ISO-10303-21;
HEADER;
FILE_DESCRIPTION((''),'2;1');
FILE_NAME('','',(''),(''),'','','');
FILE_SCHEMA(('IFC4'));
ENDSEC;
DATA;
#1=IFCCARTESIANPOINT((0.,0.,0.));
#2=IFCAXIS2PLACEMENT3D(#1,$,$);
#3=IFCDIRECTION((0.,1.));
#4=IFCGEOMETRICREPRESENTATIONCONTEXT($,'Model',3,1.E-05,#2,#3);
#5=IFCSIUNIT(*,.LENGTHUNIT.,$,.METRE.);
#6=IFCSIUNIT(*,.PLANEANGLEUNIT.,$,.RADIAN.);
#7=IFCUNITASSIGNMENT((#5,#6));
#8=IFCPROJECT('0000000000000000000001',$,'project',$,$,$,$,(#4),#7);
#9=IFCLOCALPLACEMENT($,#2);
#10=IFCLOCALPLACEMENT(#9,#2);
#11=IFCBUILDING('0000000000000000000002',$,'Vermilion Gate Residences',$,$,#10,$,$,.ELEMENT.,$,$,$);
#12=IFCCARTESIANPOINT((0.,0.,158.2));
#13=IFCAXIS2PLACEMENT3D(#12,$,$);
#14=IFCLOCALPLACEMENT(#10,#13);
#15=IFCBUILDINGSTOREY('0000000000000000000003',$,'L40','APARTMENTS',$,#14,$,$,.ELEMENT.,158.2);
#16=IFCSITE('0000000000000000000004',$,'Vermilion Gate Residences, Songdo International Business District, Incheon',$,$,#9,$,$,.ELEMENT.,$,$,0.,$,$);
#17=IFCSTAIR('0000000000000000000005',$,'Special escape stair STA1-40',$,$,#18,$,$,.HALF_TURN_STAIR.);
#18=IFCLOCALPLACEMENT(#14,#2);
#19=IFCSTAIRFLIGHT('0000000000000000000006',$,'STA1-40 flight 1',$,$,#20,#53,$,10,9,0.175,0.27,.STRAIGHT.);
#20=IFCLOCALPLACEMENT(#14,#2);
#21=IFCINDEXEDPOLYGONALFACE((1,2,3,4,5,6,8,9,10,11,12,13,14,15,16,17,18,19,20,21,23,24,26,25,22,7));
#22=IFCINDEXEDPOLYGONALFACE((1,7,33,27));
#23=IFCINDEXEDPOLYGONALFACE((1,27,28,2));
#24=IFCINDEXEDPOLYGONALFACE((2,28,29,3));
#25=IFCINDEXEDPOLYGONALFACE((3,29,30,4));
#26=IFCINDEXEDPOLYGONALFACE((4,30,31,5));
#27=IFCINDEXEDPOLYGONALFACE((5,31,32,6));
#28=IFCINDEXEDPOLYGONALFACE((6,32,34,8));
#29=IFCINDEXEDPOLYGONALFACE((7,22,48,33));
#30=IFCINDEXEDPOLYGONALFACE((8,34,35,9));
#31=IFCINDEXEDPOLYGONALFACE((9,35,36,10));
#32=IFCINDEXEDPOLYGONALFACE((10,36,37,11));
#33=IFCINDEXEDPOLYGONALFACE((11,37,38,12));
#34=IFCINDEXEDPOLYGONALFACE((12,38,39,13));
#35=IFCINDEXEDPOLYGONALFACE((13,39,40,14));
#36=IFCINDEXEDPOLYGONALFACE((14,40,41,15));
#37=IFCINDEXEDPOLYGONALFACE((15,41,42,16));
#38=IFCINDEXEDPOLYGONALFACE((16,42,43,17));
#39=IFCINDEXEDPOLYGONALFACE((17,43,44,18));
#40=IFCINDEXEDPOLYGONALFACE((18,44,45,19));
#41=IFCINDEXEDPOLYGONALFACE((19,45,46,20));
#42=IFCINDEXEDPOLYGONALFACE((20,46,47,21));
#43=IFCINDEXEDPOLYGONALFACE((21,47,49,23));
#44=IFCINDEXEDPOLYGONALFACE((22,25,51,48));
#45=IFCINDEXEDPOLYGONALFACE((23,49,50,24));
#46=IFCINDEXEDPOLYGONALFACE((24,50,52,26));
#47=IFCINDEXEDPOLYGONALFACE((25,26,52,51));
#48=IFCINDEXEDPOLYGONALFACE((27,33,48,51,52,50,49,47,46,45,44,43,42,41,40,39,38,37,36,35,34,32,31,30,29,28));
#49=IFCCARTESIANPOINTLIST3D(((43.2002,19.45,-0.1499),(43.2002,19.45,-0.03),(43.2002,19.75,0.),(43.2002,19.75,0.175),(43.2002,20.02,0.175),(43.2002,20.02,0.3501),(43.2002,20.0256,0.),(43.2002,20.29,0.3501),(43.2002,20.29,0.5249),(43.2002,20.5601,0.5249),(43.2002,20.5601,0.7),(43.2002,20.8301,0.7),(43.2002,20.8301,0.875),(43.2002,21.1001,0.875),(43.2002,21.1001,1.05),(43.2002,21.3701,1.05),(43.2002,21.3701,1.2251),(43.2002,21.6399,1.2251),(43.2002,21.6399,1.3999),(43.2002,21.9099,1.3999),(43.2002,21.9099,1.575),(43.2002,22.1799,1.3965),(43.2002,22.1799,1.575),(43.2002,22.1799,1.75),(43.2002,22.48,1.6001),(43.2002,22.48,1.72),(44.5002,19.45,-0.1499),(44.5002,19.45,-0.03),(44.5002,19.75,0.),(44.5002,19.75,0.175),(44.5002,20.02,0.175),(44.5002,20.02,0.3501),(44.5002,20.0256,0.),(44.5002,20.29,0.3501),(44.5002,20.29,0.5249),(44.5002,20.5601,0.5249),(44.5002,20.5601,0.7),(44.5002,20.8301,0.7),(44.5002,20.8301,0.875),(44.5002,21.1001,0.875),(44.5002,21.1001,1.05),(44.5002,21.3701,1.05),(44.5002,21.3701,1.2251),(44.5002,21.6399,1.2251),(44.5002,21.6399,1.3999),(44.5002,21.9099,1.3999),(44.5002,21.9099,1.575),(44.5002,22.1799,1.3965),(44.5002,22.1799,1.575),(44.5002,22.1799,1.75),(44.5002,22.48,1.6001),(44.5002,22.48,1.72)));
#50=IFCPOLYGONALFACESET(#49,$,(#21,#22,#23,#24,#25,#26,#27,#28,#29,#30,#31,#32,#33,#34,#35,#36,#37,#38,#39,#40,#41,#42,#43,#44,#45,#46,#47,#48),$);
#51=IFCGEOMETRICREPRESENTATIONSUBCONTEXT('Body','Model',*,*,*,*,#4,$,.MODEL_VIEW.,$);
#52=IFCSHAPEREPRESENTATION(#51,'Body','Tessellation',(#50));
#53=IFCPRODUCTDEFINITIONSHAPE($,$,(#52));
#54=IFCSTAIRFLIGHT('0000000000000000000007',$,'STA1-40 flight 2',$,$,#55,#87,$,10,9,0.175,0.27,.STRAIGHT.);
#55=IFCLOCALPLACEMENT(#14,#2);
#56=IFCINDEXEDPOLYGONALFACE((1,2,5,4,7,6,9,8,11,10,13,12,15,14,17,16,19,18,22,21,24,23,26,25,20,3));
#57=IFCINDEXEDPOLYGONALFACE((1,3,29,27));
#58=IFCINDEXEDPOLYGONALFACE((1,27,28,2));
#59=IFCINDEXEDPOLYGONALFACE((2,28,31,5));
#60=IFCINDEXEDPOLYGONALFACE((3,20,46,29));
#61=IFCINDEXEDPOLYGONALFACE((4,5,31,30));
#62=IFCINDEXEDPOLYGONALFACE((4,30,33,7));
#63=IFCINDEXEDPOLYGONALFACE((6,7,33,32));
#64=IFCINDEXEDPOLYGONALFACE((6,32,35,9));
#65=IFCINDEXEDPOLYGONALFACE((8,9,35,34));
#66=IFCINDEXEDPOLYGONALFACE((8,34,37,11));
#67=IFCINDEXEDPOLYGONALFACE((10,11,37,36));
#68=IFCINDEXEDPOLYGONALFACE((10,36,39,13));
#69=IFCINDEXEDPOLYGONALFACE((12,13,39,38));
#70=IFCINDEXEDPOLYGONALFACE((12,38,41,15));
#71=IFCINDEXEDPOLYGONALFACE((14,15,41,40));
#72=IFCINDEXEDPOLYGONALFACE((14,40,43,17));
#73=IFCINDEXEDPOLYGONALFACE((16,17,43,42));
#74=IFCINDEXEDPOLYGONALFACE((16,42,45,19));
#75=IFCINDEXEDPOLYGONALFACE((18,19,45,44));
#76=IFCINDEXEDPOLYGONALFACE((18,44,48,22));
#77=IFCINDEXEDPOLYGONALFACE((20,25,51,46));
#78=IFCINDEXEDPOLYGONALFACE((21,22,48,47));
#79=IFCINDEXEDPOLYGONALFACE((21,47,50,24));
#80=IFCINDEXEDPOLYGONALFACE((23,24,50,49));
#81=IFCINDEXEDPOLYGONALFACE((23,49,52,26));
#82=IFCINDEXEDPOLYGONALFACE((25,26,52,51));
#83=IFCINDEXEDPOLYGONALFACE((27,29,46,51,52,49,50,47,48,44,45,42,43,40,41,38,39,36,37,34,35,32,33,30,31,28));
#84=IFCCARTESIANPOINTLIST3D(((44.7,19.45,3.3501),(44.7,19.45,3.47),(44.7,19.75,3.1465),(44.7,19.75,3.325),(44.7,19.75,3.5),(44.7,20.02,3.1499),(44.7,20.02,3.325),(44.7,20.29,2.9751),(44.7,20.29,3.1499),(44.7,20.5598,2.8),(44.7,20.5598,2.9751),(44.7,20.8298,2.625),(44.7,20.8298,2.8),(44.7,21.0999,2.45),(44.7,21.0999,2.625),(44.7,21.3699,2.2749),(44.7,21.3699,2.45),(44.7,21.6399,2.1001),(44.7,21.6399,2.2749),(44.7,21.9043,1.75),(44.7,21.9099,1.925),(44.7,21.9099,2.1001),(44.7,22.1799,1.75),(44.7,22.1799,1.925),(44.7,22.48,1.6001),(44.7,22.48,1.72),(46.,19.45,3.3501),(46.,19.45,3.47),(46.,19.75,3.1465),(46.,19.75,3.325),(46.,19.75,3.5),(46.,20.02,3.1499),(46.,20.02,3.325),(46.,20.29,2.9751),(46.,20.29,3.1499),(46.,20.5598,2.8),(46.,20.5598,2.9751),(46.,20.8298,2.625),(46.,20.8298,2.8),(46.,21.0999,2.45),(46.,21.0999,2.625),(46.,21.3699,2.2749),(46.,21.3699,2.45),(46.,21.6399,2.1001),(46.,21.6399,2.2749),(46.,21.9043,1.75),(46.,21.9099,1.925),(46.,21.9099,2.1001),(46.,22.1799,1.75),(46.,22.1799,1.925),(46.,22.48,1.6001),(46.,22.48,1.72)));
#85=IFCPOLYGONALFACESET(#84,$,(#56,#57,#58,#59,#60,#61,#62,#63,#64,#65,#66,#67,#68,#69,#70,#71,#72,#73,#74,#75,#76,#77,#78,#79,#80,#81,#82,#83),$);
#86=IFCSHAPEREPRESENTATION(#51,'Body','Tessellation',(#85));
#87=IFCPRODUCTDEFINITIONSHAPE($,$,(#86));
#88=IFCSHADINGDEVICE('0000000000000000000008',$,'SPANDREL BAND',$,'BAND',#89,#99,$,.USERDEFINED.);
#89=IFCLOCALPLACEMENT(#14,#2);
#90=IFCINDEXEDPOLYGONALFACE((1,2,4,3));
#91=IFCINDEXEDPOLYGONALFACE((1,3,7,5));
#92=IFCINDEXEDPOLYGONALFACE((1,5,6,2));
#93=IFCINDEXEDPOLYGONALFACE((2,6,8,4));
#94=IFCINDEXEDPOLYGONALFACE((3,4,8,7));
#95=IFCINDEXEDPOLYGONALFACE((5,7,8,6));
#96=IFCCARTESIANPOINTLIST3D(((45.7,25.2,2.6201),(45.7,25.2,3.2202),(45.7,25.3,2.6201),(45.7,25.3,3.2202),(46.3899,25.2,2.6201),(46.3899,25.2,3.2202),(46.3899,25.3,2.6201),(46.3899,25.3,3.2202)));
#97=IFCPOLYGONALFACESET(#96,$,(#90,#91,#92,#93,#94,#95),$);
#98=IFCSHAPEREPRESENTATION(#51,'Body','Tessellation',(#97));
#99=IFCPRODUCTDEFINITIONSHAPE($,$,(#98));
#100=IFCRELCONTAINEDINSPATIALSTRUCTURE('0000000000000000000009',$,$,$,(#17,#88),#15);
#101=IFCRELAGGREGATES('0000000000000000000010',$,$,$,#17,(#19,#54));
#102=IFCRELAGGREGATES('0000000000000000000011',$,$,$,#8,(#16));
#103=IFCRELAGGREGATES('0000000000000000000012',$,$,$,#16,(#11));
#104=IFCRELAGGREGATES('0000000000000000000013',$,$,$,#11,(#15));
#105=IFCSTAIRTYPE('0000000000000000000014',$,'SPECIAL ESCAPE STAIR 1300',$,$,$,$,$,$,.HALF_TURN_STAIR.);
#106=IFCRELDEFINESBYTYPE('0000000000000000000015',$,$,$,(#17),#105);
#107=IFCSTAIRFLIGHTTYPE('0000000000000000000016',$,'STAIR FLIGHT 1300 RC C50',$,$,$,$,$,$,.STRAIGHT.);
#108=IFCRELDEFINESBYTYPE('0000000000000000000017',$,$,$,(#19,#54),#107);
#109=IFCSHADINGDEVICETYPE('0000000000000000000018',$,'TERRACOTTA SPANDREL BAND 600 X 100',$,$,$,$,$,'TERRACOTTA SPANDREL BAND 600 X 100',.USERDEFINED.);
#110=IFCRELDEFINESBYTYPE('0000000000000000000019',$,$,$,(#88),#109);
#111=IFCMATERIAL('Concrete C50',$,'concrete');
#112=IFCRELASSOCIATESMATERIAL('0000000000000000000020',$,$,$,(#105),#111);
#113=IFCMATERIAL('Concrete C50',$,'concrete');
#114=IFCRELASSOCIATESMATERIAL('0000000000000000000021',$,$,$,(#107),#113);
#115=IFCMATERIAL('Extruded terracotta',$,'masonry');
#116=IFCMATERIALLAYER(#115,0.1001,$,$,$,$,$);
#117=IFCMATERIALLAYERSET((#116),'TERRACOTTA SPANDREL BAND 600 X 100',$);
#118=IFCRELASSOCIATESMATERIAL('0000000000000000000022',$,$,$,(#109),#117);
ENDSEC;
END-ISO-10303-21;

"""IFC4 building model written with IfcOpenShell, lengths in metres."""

from ifc_helpers import new_model, si_unit, direction, frame, origin, origin_2d, place, context, subcontext, project, spatial, polyline, rectangle, outline, extrude, material, layer, layer_set, type_object, element, aggregate, save


model = new_model("IFC4")

# Units and contexts
model_context = context("Model", 3, precision=1e-05, world=origin(), true_north=direction((0.0, 1.0)))
body_context = subcontext(model_context, "Body", "Model", "MODEL_VIEW")
ifc_project = project(units=[si_unit("LENGTHUNIT", "METRE"), si_unit("PLANEANGLEUNIT", "RADIAN")], contexts=[model_context])

# Site, building, storey
site_placement = place(None, origin())
site = spatial("IfcSite", under=ifc_project, at=site_placement, Name="Vermilion Gate Residences, Songdo International Business District, Incheon", CompositionType="ELEMENT", RefElevation=0.0)
building_placement = place(site_placement, origin())
building = spatial("IfcBuilding", under=site, at=building_placement, Name="Vermilion Gate Residences", CompositionType="ELEMENT")
storey_placement = place(building_placement, frame((0.0, 0.0, 158.2)))
storey = spatial("IfcBuildingStorey", under=building, at=storey_placement, Name="L40", Description="APARTMENTS", CompositionType="ELEMENT", Elevation=158.2)

# Stair, stair flights
ifc_material_1 = material(Name="Concrete C50", Category="concrete")
stair_type = type_object("IfcStairType", Name="SPECIAL ESCAPE STAIR 1300", PredefinedType="HALF_TURN_STAIR", material=ifc_material_1)
stair_placement = place(storey_placement, origin())
stair = element("IfcStair", 1, at=stair_placement, inside=storey, type_object=stair_type, Name="Special escape stair STA1-40", PredefinedType="HALF_TURN_STAIR")
ifc_material_2 = material(Name="Concrete C50", Category="concrete")
stair_flight_type = type_object("IfcStairFlightType", Name="STAIR FLIGHT 1300 RC C50", PredefinedType="STRAIGHT", material=ifc_material_2)
stair_flight_1_placement = place(storey_placement, frame((43.8501, 19.75, 0.0), z_axis=(0.0, 0.0, 1.0), x_axis=(0.0, 1.0, 0.0)))
stair_flight_1 = element("IfcStairFlight", 2, at=stair_flight_1_placement, type_object=stair_flight_type, Name="STA1-40 flight 1", NumberOfRisers=10, NumberOfTreads=9, PredefinedType="STRAIGHT", RiserHeight=0.175, TreadLength=0.27, context=body_context, shape_type="SweptSolid", body=[
    extrude(outline(polyline([(-0.3, -0.1499), (-0.3, -0.03), (0.0, 0.0), (0.0, 0.175), (0.27, 0.175), (0.27, 0.3501), (0.54, 0.3501), (0.54, 0.5249), (0.8101, 0.5249), (0.8101, 0.7), (1.0801, 0.7), (1.0801, 0.875), (1.3501, 0.875), (1.3501, 1.05), (1.6201, 1.05), (1.6201, 1.2251), (1.8899, 1.2251), (1.8899, 1.3999), (2.1599, 1.3999), (2.1599, 1.575), (2.4299, 1.575), (2.4299, 1.75), (2.73, 1.72), (2.73, 1.6001), (2.4299, 1.3965), (0.2756, 0.0), (-0.3, -0.1499)])), frame((0.0, 0.6499, 0.0), z_axis=(0.0, -1.0, 0.0), x_axis=(1.0, 0.0, 0.0)), (0.0, 0.0, 1.0), 1.3),
])
stair_flight_2_placement = place(storey_placement, frame((45.3501, 22.1799, 1.75), z_axis=(0.0, 0.0, 1.0), x_axis=(0.0, -1.0, 0.0)))
stair_flight_2 = element("IfcStairFlight", 3, at=stair_flight_2_placement, type_object=stair_flight_type, Name="STA1-40 flight 2", NumberOfRisers=10, NumberOfTreads=9, PredefinedType="STRAIGHT", RiserHeight=0.175, TreadLength=0.27, context=body_context, shape_type="SweptSolid", body=[
    extrude(outline(polyline([(-0.3, -0.1499), (-0.3, -0.03), (0.0, 0.0), (0.0, 0.175), (0.27, 0.175), (0.27, 0.3501), (0.54, 0.3501), (0.54, 0.5249), (0.8101, 0.5249), (0.8101, 0.7), (1.0801, 0.7), (1.0801, 0.875), (1.3501, 0.875), (1.3501, 1.05), (1.6201, 1.05), (1.6201, 1.2251), (1.8899, 1.2251), (1.8899, 1.3999), (2.1599, 1.3999), (2.1599, 1.575), (2.4299, 1.575), (2.4299, 1.75), (2.73, 1.72), (2.73, 1.6001), (2.4299, 1.3965), (0.2756, 0.0), (-0.3, -0.1499)])), frame((0.0, 0.6499, 0.0), z_axis=(0.0, -1.0, 0.0), x_axis=(1.0, 0.0, 0.0)), (0.0, 0.0, 1.0), 1.3),
])
aggregate(stair, [stair_flight_1, stair_flight_2])

# Shading device
ifc_material_3 = material(Name="Extruded terracotta", Category="masonry")
ifc_layer_1 = layer(ifc_material_3, 0.1001)
ifc_layer_set_1 = layer_set([ifc_layer_1], Name="TERRACOTTA SPANDREL BAND 600 X 100")
shading_device_type = type_object("IfcShadingDeviceType", Name="TERRACOTTA SPANDREL BAND 600 X 100", ElementType="TERRACOTTA SPANDREL BAND 600 X 100", PredefinedType="USERDEFINED", material=ifc_layer_set_1)
shading_device_placement = place(storey_placement, frame((46.0449, 25.25, 2.6201), z_axis=(0.0, 0.0, 1.0), x_axis=(1.0, 0.0, 0.0)))
element("IfcShadingDevice", 4, at=shading_device_placement, inside=storey, type_object=shading_device_type, Name="SPANDREL BAND", ObjectType="BAND", PredefinedType="USERDEFINED", context=body_context, shape_type="SweptSolid", body=[
    extrude(rectangle(XDim=0.6899, YDim=0.1001, at=origin_2d()), origin(), (0.0, 0.0, 1.0), 0.6001),
])

save(model, "model.ifc")
